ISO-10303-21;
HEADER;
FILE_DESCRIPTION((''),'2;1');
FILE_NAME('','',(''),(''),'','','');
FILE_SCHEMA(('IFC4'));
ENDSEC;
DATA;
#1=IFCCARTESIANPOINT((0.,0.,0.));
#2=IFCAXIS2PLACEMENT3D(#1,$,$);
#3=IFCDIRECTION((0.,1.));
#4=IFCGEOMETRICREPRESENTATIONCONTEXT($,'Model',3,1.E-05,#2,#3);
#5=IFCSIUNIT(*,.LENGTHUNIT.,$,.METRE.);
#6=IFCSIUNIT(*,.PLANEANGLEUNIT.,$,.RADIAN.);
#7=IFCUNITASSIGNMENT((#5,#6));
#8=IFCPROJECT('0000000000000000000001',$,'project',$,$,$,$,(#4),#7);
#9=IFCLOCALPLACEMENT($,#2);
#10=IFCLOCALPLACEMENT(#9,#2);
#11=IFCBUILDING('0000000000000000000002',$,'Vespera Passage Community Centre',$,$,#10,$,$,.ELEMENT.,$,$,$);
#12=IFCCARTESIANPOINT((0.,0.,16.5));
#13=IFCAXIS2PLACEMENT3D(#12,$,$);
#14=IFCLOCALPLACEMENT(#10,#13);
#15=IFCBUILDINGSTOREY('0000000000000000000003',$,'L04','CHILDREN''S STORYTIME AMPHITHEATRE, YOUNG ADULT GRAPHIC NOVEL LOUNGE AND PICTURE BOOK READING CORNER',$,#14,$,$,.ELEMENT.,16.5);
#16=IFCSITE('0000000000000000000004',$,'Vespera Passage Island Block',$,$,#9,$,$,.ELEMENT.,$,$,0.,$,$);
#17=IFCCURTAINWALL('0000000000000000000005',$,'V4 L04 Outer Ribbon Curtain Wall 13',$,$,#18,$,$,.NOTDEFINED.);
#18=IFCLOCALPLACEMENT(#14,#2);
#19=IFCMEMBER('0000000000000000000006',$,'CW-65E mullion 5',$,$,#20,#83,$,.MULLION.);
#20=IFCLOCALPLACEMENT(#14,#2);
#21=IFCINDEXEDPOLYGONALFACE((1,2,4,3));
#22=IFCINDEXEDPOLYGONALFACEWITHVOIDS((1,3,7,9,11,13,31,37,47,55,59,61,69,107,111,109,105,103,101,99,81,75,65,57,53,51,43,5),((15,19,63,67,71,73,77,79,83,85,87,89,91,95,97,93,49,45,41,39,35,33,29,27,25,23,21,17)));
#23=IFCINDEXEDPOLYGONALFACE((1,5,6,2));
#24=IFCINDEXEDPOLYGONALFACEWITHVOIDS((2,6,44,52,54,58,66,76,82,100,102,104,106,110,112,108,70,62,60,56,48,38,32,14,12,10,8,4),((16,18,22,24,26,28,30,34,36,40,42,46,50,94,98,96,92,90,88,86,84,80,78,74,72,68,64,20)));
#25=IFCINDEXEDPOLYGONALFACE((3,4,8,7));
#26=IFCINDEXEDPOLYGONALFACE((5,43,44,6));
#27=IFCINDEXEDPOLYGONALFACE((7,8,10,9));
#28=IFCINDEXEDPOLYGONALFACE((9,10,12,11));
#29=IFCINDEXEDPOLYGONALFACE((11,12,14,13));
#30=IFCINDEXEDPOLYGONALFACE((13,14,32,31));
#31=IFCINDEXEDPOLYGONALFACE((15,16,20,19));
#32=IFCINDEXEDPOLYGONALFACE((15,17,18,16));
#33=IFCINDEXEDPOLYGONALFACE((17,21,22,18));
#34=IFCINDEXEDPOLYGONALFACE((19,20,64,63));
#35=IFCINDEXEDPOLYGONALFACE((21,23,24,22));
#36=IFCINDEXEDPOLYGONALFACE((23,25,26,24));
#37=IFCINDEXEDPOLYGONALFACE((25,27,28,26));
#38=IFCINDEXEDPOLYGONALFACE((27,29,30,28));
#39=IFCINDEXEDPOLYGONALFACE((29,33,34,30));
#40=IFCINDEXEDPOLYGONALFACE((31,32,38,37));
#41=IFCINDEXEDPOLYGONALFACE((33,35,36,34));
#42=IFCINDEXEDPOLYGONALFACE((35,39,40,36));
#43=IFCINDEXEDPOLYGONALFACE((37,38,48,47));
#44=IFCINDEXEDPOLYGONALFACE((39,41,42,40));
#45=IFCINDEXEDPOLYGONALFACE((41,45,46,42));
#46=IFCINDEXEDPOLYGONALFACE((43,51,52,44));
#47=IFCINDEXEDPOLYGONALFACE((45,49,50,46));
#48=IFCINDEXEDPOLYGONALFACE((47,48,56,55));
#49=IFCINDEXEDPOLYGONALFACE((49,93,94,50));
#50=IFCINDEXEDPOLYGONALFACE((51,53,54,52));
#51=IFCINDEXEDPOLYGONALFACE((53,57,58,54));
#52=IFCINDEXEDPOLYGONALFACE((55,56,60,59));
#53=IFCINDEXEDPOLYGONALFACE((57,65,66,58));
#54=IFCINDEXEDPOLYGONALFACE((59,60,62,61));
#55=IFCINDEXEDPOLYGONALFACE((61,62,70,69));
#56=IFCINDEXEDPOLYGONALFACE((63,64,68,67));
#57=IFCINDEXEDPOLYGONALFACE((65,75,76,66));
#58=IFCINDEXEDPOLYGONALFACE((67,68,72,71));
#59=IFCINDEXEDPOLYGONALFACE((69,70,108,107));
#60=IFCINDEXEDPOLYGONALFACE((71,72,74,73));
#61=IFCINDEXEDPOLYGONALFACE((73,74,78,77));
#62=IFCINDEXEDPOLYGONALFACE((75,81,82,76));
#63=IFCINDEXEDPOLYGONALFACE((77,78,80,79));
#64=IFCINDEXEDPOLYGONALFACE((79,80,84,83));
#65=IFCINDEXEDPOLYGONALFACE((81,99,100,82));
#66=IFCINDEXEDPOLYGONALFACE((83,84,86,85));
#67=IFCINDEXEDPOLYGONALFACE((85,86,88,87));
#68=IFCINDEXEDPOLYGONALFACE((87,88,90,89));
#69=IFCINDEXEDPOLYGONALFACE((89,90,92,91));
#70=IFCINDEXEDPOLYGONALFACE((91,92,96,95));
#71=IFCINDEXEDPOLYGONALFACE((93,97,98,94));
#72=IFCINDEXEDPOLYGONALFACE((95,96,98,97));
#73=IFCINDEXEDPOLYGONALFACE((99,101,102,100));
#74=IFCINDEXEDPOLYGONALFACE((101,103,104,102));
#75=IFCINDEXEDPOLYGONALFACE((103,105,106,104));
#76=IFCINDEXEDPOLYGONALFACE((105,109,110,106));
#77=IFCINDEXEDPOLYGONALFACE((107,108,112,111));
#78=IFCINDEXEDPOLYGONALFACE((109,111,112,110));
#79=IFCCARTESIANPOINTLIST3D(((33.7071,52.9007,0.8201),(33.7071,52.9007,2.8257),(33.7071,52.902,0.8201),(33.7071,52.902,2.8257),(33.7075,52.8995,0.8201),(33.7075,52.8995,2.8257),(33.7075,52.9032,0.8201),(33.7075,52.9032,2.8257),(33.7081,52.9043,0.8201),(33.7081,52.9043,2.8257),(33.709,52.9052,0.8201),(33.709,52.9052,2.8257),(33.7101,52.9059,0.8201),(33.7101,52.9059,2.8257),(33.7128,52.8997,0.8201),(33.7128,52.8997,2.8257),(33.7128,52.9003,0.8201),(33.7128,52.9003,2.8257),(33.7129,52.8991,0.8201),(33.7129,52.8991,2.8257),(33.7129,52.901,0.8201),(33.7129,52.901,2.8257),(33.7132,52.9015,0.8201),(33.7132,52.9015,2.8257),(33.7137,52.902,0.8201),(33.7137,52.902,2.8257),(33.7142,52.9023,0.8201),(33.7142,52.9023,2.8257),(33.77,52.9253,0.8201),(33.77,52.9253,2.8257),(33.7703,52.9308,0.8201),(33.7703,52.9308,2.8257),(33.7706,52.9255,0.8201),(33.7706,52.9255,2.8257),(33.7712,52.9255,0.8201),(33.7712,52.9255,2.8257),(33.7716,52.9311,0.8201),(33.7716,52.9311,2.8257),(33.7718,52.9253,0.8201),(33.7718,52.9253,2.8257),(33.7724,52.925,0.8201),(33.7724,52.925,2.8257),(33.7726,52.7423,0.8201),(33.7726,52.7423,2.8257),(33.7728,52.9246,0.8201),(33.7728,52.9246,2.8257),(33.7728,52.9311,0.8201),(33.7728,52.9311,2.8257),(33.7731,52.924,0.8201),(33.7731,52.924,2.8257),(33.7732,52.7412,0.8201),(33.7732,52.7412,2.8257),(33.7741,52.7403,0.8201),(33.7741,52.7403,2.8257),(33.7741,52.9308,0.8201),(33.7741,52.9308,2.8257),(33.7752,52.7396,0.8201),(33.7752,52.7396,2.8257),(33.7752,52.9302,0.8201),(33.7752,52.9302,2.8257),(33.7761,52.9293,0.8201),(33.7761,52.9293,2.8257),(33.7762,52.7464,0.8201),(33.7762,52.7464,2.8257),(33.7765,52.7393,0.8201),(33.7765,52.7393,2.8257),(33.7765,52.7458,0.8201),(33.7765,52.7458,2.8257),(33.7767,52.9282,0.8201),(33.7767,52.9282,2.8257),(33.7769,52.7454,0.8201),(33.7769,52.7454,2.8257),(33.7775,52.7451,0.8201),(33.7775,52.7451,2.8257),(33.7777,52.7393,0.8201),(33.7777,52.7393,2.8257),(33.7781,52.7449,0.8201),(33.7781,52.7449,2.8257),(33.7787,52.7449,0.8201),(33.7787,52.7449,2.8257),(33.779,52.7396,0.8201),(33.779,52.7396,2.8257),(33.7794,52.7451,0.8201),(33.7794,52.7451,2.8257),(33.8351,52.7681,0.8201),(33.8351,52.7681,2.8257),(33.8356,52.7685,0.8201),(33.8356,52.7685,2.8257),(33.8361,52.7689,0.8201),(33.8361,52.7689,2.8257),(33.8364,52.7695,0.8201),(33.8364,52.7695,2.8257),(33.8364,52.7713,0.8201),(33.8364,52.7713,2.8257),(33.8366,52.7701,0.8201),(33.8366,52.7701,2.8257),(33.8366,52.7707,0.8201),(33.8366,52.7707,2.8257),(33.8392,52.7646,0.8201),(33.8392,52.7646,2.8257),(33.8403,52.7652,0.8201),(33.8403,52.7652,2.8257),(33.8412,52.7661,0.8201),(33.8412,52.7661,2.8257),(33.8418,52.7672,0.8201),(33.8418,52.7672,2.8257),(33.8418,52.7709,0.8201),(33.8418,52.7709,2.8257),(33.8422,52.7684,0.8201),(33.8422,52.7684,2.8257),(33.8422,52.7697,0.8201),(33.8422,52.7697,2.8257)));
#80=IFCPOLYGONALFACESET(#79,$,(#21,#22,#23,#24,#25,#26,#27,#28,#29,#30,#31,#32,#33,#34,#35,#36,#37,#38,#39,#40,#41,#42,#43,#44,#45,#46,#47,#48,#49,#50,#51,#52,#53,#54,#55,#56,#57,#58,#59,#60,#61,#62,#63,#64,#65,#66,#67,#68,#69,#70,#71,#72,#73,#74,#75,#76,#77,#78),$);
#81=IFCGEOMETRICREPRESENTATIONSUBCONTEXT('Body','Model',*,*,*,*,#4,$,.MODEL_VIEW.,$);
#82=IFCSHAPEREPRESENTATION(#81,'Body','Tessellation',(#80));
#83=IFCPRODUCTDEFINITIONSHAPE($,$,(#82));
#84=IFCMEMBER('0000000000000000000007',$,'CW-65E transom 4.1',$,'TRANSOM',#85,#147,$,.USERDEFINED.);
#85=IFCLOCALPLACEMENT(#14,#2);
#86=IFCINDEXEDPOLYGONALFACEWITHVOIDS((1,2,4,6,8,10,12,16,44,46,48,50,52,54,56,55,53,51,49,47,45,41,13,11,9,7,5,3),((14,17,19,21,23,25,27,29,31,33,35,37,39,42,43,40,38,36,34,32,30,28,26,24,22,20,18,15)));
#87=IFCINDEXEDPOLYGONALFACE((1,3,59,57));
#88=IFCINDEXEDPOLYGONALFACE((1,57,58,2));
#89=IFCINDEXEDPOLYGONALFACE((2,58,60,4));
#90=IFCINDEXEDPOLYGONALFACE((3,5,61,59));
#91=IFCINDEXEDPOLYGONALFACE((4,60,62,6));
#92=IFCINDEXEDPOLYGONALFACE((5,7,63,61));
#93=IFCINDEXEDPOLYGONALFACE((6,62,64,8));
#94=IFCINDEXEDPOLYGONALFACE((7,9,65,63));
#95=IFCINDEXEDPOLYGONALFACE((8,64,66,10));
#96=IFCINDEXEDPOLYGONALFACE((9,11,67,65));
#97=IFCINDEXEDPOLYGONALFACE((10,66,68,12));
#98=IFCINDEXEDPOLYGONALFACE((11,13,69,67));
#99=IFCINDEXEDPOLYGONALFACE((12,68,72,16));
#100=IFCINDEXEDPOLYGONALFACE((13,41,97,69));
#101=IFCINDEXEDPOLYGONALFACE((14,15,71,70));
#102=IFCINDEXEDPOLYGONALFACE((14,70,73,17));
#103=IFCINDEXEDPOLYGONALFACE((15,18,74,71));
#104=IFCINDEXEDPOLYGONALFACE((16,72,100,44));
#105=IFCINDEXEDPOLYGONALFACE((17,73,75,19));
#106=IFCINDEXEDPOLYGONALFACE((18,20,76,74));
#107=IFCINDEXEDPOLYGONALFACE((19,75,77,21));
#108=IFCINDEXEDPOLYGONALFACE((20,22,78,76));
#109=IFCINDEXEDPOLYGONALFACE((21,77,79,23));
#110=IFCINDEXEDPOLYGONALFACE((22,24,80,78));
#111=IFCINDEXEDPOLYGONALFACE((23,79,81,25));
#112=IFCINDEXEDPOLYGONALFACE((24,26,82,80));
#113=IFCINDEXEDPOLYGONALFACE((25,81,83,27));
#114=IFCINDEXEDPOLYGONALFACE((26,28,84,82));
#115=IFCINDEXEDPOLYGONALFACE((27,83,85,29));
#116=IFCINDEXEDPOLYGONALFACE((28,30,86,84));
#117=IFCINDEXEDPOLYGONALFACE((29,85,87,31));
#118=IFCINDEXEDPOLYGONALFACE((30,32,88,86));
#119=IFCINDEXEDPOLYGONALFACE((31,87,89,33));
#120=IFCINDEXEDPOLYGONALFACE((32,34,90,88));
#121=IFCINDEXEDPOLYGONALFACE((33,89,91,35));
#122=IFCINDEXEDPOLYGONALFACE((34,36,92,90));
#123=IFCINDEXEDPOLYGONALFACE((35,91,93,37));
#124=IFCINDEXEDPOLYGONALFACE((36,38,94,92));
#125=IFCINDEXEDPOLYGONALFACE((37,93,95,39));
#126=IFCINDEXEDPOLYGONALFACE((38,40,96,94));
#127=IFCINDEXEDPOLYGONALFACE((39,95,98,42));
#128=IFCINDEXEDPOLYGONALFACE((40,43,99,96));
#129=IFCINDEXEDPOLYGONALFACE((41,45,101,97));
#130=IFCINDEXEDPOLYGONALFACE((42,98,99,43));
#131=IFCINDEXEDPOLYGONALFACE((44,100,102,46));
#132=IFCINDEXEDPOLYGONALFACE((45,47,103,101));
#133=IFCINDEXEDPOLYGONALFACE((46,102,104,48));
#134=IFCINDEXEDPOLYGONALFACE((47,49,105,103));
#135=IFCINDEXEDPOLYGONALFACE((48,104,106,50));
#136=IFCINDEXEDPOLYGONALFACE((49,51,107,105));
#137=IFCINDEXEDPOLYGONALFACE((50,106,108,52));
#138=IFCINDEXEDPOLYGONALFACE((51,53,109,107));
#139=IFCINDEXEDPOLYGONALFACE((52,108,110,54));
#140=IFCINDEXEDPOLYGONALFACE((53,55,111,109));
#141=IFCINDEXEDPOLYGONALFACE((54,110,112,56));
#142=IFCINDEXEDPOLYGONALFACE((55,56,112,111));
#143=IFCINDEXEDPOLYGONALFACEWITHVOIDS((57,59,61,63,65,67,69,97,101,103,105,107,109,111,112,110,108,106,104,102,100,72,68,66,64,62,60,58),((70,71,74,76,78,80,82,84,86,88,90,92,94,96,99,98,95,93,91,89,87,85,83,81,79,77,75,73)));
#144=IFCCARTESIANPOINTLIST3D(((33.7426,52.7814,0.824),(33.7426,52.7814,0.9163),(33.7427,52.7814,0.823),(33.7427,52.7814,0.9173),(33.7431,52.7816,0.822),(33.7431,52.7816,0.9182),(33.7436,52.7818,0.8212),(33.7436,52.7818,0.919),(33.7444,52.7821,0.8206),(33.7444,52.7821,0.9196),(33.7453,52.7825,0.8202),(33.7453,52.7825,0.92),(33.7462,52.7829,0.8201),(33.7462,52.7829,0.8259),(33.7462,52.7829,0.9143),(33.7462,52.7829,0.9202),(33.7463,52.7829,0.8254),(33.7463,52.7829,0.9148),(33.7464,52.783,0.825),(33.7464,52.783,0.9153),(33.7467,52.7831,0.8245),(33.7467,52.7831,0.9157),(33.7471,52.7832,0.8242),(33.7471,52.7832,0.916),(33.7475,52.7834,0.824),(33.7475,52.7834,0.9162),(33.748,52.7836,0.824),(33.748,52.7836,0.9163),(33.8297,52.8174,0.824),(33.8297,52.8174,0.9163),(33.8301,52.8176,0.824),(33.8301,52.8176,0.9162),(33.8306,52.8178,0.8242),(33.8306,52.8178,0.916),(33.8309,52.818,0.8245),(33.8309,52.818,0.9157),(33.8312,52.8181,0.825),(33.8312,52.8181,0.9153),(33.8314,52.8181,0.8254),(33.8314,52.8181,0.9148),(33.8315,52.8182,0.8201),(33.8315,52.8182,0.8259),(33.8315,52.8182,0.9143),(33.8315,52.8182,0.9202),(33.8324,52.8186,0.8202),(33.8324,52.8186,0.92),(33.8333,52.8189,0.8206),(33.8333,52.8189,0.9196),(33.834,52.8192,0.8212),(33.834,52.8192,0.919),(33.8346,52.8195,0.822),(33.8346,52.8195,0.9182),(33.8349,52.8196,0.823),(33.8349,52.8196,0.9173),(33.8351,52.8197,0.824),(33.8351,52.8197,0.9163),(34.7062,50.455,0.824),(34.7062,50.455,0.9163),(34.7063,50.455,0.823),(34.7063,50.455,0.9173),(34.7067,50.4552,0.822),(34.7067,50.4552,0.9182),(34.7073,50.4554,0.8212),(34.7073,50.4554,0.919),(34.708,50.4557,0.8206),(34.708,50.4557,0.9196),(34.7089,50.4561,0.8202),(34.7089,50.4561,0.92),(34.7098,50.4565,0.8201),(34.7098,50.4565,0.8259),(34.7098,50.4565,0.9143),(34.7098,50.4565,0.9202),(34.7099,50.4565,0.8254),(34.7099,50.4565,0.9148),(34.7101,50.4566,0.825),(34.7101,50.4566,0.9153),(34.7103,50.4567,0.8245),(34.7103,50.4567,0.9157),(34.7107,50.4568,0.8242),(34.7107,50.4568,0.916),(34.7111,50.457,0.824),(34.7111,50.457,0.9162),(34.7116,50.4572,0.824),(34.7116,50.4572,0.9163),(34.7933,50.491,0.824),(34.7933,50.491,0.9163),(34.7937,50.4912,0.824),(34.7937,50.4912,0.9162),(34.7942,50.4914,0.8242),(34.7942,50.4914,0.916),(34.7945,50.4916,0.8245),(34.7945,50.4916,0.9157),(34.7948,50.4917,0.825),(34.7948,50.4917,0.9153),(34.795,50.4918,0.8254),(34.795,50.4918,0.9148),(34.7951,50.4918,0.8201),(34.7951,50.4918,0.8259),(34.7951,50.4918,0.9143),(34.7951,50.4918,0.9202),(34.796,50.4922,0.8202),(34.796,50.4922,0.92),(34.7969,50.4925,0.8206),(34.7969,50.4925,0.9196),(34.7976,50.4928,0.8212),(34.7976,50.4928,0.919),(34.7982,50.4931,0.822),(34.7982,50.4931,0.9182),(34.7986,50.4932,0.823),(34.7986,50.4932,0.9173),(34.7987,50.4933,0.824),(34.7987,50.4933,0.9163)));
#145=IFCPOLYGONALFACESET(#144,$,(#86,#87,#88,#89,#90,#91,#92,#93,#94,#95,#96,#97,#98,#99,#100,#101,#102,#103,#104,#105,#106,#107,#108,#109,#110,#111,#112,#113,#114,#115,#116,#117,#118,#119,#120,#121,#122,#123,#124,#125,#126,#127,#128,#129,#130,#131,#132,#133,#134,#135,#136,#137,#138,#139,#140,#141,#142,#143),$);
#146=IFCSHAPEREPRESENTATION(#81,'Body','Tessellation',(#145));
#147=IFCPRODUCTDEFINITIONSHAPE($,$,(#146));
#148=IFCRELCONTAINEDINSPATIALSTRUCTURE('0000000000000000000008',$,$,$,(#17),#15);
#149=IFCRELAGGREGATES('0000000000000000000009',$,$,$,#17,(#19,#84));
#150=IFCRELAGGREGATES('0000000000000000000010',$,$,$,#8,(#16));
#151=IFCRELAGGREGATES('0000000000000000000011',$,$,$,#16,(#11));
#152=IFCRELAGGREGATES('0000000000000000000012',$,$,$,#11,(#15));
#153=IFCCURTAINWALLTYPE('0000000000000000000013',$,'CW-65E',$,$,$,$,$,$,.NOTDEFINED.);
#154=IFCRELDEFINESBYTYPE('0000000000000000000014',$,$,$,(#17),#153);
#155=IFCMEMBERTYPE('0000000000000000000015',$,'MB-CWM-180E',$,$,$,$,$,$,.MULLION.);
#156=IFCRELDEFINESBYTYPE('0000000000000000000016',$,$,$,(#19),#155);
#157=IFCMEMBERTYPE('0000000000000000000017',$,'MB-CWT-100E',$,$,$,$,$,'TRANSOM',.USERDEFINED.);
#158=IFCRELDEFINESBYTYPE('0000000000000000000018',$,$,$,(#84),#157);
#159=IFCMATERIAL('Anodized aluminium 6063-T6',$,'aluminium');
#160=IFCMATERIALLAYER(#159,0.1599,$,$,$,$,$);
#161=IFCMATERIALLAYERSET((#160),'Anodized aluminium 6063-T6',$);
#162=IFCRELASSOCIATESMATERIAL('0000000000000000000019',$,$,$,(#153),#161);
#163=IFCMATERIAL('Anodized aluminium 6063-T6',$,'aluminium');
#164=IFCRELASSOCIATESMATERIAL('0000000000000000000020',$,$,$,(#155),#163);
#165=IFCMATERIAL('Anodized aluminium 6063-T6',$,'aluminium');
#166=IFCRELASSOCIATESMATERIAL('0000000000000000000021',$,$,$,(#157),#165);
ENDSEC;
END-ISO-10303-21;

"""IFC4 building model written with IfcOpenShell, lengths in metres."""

from ifc_helpers import new_model, si_unit, direction, frame, origin, origin_2d, place, context, subcontext, project, spatial, hollow_rectangle, extrude, material, layer, layer_set, material_profile, profile_set, type_object, element, aggregate, save


model = new_model("IFC4")

# Units and contexts
model_context = context("Model", 3, precision=1e-05, world=origin(), true_north=direction((0.0, 1.0)))
body_context = subcontext(model_context, "Body", "Model", "MODEL_VIEW")
ifc_project = project(units=[si_unit("LENGTHUNIT", "METRE"), si_unit("PLANEANGLEUNIT", "RADIAN")], contexts=[model_context])

# Site, building, storey
site_placement = place(None, origin())
site = spatial("IfcSite", under=ifc_project, at=site_placement, Name="Vespera Passage Island Block", CompositionType="ELEMENT", RefElevation=0.0)
building_placement = place(site_placement, origin())
building = spatial("IfcBuilding", under=site, at=building_placement, Name="Vespera Passage Community Centre", CompositionType="ELEMENT")
storey_placement = place(building_placement, frame((0.0, 0.0, 16.5)))
storey = spatial("IfcBuildingStorey", under=building, at=storey_placement, Name="L04", Description="CHILDREN'S STORYTIME AMPHITHEATRE, YOUNG ADULT GRAPHIC NOVEL LOUNGE AND PICTURE BOOK READING CORNER", CompositionType="ELEMENT", Elevation=16.5)

# Curtain wall, members
ifc_material_1 = material(Name="Anodized aluminium 6063-T6", Category="aluminium")
ifc_layer_1 = layer(ifc_material_1, 0.1599)
ifc_layer_set_1 = layer_set([ifc_layer_1], Name="Anodized aluminium 6063-T6")
curtain_wall_type = type_object("IfcCurtainWallType", Name="CW-65E", PredefinedType="NOTDEFINED", material=ifc_layer_set_1)
curtain_wall_placement = place(storey_placement, origin())
curtain_wall = element("IfcCurtainWall", 1, at=curtain_wall_placement, inside=storey, type_object=curtain_wall_type, Name="V4 L04 Outer Ribbon Curtain Wall 13", PredefinedType="NOTDEFINED")
ifc_material_2 = material(Name="Anodized aluminium 6063-T6", Category="aluminium")
ifc_material_profile_1 = material_profile(ifc_material_2, hollow_rectangle(XDim=0.075, YDim=0.1799, WallThickness=0.0049, InnerFilletRadius=0.0024, OuterFilletRadius=0.0049, at=origin_2d()), Name="ALU180X75X5")
ifc_profile_set_1 = profile_set([ifc_material_profile_1], Name="Anodized aluminium 6063-T6")
member_type_1 = type_object("IfcMemberType", Name="MB-CWM-180E", PredefinedType="MULLION", material=ifc_profile_set_1)
member_1_placement = place(storey_placement, frame((33.7747, 52.8352, 0.8201), z_axis=(0.0, 0.0, 1.0), x_axis=(-0.923881, -0.382679, 0.0)))
member_1 = element("IfcMember", 2, at=member_1_placement, type_object=member_type_1, Name="CW-65E mullion 5", PredefinedType="MULLION", context=body_context, shape_type="SweptSolid", body=[
    extrude(hollow_rectangle(XDim=0.075, YDim=0.1799, WallThickness=0.0049, InnerFilletRadius=0.0024, OuterFilletRadius=0.0049, at=origin_2d()), origin(), (0.0, 0.0, 1.0), 2.0056),
])
ifc_material_3 = material(Name="Anodized aluminium 6063-T6", Category="aluminium")
ifc_material_profile_2 = material_profile(ifc_material_3, hollow_rectangle(XDim=0.1001, YDim=0.1001, WallThickness=0.0039, InnerFilletRadius=0.002, OuterFilletRadius=0.0039, at=origin_2d()), Name="ALU100X100X4")
ifc_profile_set_2 = profile_set([ifc_material_profile_2], Name="Anodized aluminium 6063-T6")
member_type_2 = type_object("IfcMemberType", Name="MB-CWT-100E", ElementType="TRANSOM", PredefinedType="USERDEFINED", material=ifc_profile_set_2)
member_2_placement = place(storey_placement, frame((34.7524, 50.4741, 0.8701), z_axis=(-0.38268, 0.923881, 0.0), x_axis=(-0.923881, -0.38268, 0.0)))
member_2 = element("IfcMember", 3, at=member_2_placement, type_object=member_type_2, Name="CW-65E transom 4.1", ObjectType="TRANSOM", PredefinedType="USERDEFINED", context=body_context, shape_type="SweptSolid", body=[
    extrude(hollow_rectangle(XDim=0.1001, YDim=0.1001, WallThickness=0.0039, InnerFilletRadius=0.002, OuterFilletRadius=0.0039, at=origin_2d()), origin(), (0.0, 0.0, 1.0), 2.5181),
])

aggregate(curtain_wall, [member_1, member_2])

save(model, "model.ifc")
